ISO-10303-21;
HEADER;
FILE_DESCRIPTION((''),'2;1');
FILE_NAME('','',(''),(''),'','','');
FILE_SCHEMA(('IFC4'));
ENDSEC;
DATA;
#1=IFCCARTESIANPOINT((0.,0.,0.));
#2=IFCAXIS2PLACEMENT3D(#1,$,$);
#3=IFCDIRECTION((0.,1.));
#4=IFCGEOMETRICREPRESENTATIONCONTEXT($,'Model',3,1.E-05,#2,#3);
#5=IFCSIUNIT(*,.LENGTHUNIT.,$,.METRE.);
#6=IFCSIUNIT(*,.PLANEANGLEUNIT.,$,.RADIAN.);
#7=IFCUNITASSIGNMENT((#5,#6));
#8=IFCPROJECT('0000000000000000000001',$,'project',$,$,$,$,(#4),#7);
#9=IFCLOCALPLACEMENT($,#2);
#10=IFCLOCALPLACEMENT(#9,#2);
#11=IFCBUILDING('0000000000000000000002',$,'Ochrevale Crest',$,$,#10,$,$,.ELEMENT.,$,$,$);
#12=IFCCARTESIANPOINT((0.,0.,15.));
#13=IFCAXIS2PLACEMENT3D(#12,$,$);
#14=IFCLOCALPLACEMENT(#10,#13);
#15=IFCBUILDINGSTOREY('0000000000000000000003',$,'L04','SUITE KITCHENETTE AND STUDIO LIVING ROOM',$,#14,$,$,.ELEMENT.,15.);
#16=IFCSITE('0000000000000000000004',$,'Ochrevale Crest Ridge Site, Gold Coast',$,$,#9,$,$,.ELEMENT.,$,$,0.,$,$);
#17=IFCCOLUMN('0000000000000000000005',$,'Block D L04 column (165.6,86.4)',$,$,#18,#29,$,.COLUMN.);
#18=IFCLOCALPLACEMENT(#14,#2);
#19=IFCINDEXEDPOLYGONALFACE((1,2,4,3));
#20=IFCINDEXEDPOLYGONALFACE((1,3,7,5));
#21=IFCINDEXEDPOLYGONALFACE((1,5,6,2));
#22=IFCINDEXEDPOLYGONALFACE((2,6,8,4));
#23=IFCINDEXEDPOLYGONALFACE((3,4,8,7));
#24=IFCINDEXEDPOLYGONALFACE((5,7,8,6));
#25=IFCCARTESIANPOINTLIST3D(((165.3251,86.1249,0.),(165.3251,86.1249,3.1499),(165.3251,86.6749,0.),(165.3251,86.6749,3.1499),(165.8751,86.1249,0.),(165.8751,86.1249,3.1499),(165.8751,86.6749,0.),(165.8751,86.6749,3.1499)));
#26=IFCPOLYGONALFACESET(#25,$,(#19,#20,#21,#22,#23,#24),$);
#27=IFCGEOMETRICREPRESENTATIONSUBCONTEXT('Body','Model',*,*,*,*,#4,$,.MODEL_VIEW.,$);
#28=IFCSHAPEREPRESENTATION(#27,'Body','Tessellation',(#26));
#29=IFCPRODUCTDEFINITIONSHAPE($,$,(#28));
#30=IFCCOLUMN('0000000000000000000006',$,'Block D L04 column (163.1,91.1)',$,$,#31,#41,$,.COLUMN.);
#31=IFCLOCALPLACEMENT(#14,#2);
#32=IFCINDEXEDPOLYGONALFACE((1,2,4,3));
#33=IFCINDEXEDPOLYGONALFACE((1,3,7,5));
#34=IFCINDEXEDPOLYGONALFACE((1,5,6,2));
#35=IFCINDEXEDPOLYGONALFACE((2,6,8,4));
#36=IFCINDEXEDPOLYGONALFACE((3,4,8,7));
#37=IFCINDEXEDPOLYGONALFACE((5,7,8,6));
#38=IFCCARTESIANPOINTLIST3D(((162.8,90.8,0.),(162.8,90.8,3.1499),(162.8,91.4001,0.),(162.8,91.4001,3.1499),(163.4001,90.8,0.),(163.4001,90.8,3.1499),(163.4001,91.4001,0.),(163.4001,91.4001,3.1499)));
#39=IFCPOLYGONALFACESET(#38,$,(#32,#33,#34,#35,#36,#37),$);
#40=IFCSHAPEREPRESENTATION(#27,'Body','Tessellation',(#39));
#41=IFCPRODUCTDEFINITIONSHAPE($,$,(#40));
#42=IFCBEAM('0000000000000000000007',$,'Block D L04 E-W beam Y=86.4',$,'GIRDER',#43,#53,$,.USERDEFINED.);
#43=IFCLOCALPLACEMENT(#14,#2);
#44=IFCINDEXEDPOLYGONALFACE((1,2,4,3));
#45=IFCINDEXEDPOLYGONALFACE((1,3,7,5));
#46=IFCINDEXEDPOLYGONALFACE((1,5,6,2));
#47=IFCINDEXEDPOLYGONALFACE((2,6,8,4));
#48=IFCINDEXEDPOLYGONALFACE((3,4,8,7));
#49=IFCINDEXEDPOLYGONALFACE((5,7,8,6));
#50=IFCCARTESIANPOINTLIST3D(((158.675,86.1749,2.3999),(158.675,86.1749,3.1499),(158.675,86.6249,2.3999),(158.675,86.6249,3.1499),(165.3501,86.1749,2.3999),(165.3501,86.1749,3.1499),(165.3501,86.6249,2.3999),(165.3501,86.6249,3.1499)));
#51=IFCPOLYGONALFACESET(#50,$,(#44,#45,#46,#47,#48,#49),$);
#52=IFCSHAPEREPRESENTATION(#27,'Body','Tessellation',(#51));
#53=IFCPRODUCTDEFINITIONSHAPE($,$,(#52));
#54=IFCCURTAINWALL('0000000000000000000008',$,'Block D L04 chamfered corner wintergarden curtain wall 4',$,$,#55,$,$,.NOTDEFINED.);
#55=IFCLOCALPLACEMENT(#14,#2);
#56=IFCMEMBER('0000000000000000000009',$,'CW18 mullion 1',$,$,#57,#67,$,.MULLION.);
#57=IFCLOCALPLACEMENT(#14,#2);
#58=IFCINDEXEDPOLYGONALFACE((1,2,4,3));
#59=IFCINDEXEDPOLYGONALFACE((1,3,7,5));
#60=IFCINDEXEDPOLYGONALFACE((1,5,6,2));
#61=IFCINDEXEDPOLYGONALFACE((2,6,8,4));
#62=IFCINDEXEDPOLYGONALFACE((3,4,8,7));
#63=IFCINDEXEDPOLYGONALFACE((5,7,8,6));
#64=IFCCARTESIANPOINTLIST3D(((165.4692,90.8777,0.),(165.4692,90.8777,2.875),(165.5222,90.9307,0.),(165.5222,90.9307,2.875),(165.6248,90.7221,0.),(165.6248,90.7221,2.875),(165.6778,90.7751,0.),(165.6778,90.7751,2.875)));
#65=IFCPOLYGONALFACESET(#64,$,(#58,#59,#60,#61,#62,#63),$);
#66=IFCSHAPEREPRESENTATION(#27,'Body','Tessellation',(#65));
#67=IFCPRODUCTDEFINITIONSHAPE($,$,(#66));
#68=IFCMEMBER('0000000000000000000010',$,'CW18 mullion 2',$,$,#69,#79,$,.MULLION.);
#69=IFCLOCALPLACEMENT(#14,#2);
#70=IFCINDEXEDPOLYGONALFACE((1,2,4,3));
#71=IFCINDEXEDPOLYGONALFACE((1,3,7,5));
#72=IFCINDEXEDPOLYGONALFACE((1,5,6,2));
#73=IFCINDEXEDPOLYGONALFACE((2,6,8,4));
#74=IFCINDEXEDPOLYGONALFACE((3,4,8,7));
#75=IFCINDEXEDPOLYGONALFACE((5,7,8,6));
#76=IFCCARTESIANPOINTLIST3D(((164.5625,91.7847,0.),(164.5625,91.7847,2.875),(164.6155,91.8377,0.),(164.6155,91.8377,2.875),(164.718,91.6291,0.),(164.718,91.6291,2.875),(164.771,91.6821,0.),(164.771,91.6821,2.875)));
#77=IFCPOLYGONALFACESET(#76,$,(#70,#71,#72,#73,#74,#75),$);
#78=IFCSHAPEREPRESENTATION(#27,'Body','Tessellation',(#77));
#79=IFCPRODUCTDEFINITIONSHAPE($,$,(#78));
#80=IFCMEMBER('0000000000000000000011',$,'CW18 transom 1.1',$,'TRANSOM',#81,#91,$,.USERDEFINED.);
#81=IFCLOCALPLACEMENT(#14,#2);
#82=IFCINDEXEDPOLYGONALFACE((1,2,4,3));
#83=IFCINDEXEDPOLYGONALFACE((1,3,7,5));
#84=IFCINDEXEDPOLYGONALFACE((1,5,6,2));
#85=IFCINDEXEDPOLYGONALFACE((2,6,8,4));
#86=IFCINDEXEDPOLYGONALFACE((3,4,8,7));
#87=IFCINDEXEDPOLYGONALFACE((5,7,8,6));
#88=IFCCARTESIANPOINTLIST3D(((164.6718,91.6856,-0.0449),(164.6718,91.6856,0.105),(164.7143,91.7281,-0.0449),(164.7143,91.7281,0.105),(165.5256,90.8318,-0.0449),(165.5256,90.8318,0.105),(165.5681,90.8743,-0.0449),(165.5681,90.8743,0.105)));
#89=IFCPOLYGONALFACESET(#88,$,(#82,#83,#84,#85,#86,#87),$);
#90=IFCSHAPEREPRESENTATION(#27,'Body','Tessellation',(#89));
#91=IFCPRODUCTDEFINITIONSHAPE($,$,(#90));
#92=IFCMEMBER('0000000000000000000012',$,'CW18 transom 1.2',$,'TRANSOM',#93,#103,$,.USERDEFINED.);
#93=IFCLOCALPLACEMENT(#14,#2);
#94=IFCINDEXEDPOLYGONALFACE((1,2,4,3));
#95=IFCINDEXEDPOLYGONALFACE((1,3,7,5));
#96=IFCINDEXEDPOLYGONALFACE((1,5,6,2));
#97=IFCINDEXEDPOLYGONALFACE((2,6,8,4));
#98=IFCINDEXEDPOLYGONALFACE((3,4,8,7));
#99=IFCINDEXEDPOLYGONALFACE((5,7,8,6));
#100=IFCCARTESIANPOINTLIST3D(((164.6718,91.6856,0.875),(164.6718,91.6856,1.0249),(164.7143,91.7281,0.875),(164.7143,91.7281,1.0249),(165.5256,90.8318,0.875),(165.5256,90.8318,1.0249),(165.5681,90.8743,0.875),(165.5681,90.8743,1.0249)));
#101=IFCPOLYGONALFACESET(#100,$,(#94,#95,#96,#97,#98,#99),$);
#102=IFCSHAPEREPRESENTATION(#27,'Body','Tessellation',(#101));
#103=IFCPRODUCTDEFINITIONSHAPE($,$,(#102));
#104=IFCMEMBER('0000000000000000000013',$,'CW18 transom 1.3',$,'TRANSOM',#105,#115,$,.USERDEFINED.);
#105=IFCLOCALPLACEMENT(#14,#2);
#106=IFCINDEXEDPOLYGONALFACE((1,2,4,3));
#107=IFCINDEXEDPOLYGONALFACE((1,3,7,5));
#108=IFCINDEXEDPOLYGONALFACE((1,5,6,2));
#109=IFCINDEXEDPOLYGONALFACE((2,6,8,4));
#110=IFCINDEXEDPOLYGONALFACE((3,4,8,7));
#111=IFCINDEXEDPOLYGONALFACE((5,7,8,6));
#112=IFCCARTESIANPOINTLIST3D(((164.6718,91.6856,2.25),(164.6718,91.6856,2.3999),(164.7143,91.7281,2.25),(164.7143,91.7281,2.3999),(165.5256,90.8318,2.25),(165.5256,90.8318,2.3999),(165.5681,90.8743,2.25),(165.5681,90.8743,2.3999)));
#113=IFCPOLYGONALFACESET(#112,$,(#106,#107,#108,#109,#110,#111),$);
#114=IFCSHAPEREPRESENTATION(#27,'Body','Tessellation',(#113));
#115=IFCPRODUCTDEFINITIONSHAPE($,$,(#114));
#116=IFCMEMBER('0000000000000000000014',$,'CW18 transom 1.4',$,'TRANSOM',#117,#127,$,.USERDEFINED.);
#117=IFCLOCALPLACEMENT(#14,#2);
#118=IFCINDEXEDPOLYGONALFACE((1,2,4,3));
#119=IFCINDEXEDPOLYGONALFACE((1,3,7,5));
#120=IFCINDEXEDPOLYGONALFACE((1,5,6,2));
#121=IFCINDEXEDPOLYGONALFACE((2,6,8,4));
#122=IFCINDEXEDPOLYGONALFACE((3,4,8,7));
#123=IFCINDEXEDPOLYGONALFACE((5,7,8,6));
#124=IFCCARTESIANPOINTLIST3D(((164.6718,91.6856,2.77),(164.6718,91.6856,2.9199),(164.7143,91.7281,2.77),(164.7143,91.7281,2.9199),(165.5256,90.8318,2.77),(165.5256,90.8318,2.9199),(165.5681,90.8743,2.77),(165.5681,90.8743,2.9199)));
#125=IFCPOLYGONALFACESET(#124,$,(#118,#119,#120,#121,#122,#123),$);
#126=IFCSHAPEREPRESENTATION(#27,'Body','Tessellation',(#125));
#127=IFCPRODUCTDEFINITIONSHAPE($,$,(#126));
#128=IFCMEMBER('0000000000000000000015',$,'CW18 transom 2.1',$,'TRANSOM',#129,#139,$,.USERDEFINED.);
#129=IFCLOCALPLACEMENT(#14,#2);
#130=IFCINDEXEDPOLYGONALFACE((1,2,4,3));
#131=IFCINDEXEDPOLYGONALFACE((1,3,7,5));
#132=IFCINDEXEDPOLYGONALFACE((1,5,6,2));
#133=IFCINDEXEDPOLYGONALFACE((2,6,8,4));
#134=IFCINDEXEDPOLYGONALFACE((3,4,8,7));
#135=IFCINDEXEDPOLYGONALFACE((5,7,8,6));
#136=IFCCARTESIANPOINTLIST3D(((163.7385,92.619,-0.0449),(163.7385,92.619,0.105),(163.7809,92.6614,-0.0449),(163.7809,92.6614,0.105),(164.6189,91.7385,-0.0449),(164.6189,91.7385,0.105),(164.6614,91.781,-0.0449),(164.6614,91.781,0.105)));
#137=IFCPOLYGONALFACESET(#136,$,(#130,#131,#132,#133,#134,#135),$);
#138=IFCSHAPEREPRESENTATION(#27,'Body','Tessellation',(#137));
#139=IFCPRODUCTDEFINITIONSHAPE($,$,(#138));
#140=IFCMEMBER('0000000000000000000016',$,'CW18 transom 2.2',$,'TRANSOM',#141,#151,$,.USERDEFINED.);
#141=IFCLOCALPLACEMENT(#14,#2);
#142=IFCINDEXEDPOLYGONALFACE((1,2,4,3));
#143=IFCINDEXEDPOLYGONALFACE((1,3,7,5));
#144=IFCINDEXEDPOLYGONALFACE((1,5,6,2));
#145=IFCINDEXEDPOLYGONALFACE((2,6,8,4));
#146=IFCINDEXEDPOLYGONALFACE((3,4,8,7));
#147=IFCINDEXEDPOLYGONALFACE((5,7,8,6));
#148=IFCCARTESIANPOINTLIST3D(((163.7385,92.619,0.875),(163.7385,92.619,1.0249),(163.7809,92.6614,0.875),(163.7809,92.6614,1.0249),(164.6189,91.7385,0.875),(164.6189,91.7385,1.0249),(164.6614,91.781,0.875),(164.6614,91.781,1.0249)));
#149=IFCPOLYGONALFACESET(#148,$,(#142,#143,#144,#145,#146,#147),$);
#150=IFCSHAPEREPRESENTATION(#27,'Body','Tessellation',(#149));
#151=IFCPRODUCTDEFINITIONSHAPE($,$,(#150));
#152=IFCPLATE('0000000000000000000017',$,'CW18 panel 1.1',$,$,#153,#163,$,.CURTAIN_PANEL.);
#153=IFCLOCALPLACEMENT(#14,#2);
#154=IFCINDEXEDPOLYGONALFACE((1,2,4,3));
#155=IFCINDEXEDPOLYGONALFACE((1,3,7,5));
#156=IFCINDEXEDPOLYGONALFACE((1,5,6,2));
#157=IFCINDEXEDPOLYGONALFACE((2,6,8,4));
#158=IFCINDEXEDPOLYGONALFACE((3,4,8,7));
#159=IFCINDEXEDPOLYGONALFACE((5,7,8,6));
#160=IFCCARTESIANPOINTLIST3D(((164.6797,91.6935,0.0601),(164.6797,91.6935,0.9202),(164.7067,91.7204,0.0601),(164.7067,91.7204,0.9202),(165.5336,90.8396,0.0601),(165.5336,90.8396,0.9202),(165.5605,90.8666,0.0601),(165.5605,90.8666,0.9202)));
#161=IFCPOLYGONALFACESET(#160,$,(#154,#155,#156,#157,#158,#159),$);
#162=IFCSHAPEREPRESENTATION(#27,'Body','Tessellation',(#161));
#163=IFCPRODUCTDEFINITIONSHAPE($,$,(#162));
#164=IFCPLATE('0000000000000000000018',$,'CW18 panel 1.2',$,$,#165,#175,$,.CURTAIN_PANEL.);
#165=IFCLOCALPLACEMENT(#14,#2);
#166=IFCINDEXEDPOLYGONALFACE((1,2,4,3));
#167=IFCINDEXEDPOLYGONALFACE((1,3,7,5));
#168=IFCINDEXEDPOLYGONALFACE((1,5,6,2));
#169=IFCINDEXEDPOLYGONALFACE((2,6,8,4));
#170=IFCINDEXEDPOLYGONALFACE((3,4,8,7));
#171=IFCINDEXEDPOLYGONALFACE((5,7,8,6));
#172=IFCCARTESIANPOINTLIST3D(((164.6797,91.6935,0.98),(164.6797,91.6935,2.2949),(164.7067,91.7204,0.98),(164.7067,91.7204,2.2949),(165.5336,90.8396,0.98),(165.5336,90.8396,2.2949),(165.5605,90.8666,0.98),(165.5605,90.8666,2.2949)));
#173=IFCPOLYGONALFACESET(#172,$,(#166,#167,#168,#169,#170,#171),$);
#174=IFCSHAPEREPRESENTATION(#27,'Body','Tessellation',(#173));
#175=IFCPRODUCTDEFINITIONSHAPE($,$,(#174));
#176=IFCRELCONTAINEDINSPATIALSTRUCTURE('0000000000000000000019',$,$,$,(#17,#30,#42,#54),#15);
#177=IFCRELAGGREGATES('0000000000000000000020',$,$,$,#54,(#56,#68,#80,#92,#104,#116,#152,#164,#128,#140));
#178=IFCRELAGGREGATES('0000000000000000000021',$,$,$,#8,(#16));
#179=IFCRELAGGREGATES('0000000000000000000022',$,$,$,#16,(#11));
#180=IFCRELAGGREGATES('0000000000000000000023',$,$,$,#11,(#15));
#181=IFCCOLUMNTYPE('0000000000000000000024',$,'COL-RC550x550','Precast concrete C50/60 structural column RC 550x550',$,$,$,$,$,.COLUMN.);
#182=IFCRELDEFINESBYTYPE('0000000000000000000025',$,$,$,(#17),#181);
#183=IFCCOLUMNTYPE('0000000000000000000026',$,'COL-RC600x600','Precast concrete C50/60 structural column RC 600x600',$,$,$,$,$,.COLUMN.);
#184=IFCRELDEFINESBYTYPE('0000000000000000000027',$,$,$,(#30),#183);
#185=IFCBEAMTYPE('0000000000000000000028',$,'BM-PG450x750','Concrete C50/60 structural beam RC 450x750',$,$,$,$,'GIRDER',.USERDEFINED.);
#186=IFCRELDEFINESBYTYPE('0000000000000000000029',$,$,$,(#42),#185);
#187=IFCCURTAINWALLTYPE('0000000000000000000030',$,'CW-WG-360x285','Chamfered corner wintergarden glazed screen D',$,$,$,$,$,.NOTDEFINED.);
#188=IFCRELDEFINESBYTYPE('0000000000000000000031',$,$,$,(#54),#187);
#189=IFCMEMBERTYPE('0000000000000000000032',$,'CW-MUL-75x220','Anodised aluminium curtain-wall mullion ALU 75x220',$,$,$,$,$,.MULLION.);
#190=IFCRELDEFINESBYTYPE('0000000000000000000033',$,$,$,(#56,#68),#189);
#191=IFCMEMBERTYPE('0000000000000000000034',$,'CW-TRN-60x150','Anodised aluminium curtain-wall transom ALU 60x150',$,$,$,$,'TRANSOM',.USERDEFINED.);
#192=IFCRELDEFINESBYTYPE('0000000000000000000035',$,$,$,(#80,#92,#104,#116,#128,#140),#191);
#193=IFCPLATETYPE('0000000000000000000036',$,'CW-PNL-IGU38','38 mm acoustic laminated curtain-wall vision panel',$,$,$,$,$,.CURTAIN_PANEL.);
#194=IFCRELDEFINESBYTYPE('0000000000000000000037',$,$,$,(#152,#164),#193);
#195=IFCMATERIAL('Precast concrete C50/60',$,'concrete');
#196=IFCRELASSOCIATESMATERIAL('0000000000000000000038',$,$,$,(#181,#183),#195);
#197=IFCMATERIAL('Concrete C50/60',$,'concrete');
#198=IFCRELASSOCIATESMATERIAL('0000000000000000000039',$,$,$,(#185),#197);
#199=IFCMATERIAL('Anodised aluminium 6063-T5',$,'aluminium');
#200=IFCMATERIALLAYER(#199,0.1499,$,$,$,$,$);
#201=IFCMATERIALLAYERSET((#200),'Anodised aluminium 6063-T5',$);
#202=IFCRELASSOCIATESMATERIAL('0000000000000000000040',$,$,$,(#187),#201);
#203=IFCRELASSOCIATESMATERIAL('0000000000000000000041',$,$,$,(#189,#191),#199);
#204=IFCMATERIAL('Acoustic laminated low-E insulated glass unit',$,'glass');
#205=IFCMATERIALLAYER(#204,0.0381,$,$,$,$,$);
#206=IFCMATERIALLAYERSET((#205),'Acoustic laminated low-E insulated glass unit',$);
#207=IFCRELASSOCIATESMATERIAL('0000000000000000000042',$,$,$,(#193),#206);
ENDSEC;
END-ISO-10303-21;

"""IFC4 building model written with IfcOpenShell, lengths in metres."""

from ifc_helpers import new_model, si_unit, direction, frame, origin, origin_2d, place, context, subcontext, project, spatial, rectangle, extrude, material, layer, layer_set, material_profile, profile_set, type_object, element, aggregate, save


model = new_model("IFC4")

# Units and contexts
model_context = context("Model", 3, precision=1e-05, world=origin(), true_north=direction((0.0, 1.0)))
body_context = subcontext(model_context, "Body", "Model", "MODEL_VIEW")
ifc_project = project(units=[si_unit("LENGTHUNIT", "METRE"), si_unit("PLANEANGLEUNIT", "RADIAN")], contexts=[model_context])

# Site, building, storey
site_placement = place(None, origin())
site = spatial("IfcSite", under=ifc_project, at=site_placement, Name="Ochrevale Crest Ridge Site, Gold Coast", CompositionType="ELEMENT", RefElevation=0.0)
building_placement = place(site_placement, origin())
building = spatial("IfcBuilding", under=site, at=building_placement, Name="Ochrevale Crest", CompositionType="ELEMENT")
storey_placement = place(building_placement, frame((0.0, 0.0, 15.0)))
storey = spatial("IfcBuildingStorey", under=building, at=storey_placement, Name="L04", Description="SUITE KITCHENETTE AND STUDIO LIVING ROOM", CompositionType="ELEMENT", Elevation=15.0)

# Columns
ifc_material_1 = material(Name="Precast concrete C50/60", Category="concrete")
ifc_material_profile_1 = material_profile(ifc_material_1, rectangle(XDim=0.55, YDim=0.55, at=origin_2d()), Name="RC 550x550")
ifc_profile_set_1 = profile_set([ifc_material_profile_1], Name="Precast concrete C50/60")
column_type_1 = type_object("IfcColumnType", Name="COL-RC550x550", Description="Precast concrete C50/60 structural column RC 550x550", PredefinedType="COLUMN", material=ifc_profile_set_1)
column_1_placement = place(storey_placement, frame((165.6001, 86.3999, 0.0), z_axis=(0.0, 0.0, 1.0), x_axis=(1.0, 0.0, 0.0)))
element("IfcColumn", 1, at=column_1_placement, inside=storey, type_object=column_type_1, Name="Block D L04 column (165.6,86.4)", PredefinedType="COLUMN", context=body_context, shape_type="SweptSolid", body=[
    extrude(rectangle(XDim=0.55, YDim=0.55, at=origin_2d()), origin(), (0.0, 0.0, 1.0), 3.1499),
])
ifc_material_profile_2 = material_profile(ifc_material_1, rectangle(XDim=0.6001, YDim=0.6001, at=origin_2d()), Name="RC 600x600")
ifc_profile_set_2 = profile_set([ifc_material_profile_2], Name="Precast concrete C50/60")
column_type_2 = type_object("IfcColumnType", Name="COL-RC600x600", Description="Precast concrete C50/60 structural column RC 600x600", PredefinedType="COLUMN", material=ifc_profile_set_2)
column_2_placement = place(storey_placement, frame((163.1001, 91.1001, 0.0), z_axis=(0.0, 0.0, 1.0), x_axis=(1.0, 0.0, 0.0)))
element("IfcColumn", 2, at=column_2_placement, inside=storey, type_object=column_type_2, Name="Block D L04 column (163.1,91.1)", PredefinedType="COLUMN", context=body_context, shape_type="SweptSolid", body=[
    extrude(rectangle(XDim=0.6001, YDim=0.6001, at=origin_2d()), origin(), (0.0, 0.0, 1.0), 3.1499),
])

# Beam
ifc_material_2 = material(Name="Concrete C50/60", Category="concrete")
ifc_material_profile_3 = material_profile(ifc_material_2, rectangle(XDim=0.45, YDim=0.75, at=origin_2d()), Name="RC 450x750")
ifc_profile_set_3 = profile_set([ifc_material_profile_3], Name="Concrete C50/60")
beam_type = type_object("IfcBeamType", Name="BM-PG450x750", Description="Concrete C50/60 structural beam RC 450x750", ElementType="GIRDER", PredefinedType="USERDEFINED", material=ifc_profile_set_3)
beam_placement = place(storey_placement, frame((158.675, 86.3999, 2.7749), z_axis=(1.0, 0.0, 0.0), x_axis=(0.0, 1.0, 0.0)))
element("IfcBeam", 3, at=beam_placement, inside=storey, type_object=beam_type, Name="Block D L04 E-W beam Y=86.4", ObjectType="GIRDER", PredefinedType="USERDEFINED", context=body_context, shape_type="SweptSolid", body=[
    extrude(rectangle(XDim=0.45, YDim=0.75, at=origin_2d()), origin(), (0.0, 0.0, 1.0), 6.675),
])

# Curtain wall, members, plates
ifc_material_3 = material(Name="Anodised aluminium 6063-T5", Category="aluminium")
ifc_layer_1 = layer(ifc_material_3, 0.1499)
ifc_layer_set_1 = layer_set([ifc_layer_1], Name="Anodised aluminium 6063-T5")
curtain_wall_type = type_object("IfcCurtainWallType", Name="CW-WG-360x285", Description="Chamfered corner wintergarden glazed screen D", PredefinedType="NOTDEFINED", material=ifc_layer_set_1)
curtain_wall_placement = place(storey_placement, origin())
curtain_wall = element("IfcCurtainWall", 4, at=curtain_wall_placement, inside=storey, type_object=curtain_wall_type, Name="Block D L04 chamfered corner wintergarden curtain wall 4", PredefinedType="NOTDEFINED")
ifc_material_profile_4 = material_profile(ifc_material_3, rectangle(XDim=0.075, YDim=0.22, at=origin_2d()), Name="ALU 75x220")
ifc_profile_set_4 = profile_set([ifc_material_profile_4], Name="Anodised aluminium 6063-T5")
member_type_1 = type_object("IfcMemberType", Name="CW-MUL-75x220", Description="Anodised aluminium curtain-wall mullion ALU 75x220", PredefinedType="MULLION", material=ifc_profile_set_4)
member_1_placement = place(storey_placement, frame((165.5735, 90.8264, 0.0), z_axis=(0.0, 0.0, 1.0), x_axis=(-0.707107, -0.707107, 0.0)))
member_1 = element("IfcMember", 5, at=member_1_placement, type_object=member_type_1, Name="CW18 mullion 1", PredefinedType="MULLION", context=body_context, shape_type="SweptSolid", body=[
    extrude(rectangle(XDim=0.075, YDim=0.22, at=origin_2d()), origin(), (0.0, 0.0, 1.0), 2.875),
])
member_2_placement = place(storey_placement, frame((164.6667, 91.7334, 0.0), z_axis=(0.0, 0.0, 1.0), x_axis=(-0.707107, -0.707107, 0.0)))
member_2 = element("IfcMember", 6, at=member_2_placement, type_object=member_type_1, Name="CW18 mullion 2", PredefinedType="MULLION", context=body_context, shape_type="SweptSolid", body=[
    extrude(rectangle(XDim=0.075, YDim=0.22, at=origin_2d()), origin(), (0.0, 0.0, 1.0), 2.875),
])
ifc_material_profile_5 = material_profile(ifc_material_3, rectangle(XDim=0.0601, YDim=0.1499, at=origin_2d()), Name="ALU 60x150")
ifc_profile_set_5 = profile_set([ifc_material_profile_5], Name="Anodised aluminium 6063-T5")
member_type_2 = type_object("IfcMemberType", Name="CW-TRN-60x150", Description="Anodised aluminium curtain-wall transom ALU 60x150", ElementType="TRANSOM", PredefinedType="USERDEFINED", material=ifc_profile_set_5)
member_3_placement = place(storey_placement, frame((165.5469, 90.853, 0.03), z_axis=(-0.707107, 0.707107, 0.0), x_axis=(-0.707107, -0.707107, 0.0)))
member_3 = element("IfcMember", 7, at=member_3_placement, type_object=member_type_2, Name="CW18 transom 1.1", ObjectType="TRANSOM", PredefinedType="USERDEFINED", context=body_context, shape_type="SweptSolid", body=[
    extrude(rectangle(XDim=0.0601, YDim=0.1499, at=origin_2d()), origin(), (0.0, 0.0, 1.0), 1.2075),
])
member_4_placement = place(storey_placement, frame((165.5469, 90.853, 0.95), z_axis=(-0.707107, 0.707107, 0.0), x_axis=(-0.707107, -0.707107, 0.0)))
member_4 = element("IfcMember", 8, at=member_4_placement, type_object=member_type_2, Name="CW18 transom 1.2", ObjectType="TRANSOM", PredefinedType="USERDEFINED", context=body_context, shape_type="SweptSolid", body=[
    extrude(rectangle(XDim=0.0601, YDim=0.1499, at=origin_2d()), origin(), (0.0, 0.0, 1.0), 1.2075),
])
member_5_placement = place(storey_placement, frame((165.5469, 90.853, 2.325), z_axis=(-0.707107, 0.707107, 0.0), x_axis=(-0.707107, -0.707107, 0.0)))
member_5 = element("IfcMember", 9, at=member_5_placement, type_object=member_type_2, Name="CW18 transom 1.3", ObjectType="TRANSOM", PredefinedType="USERDEFINED", context=body_context, shape_type="SweptSolid", body=[
    extrude(rectangle(XDim=0.0601, YDim=0.1499, at=origin_2d()), origin(), (0.0, 0.0, 1.0), 1.2075),
])
member_6_placement = place(storey_placement, frame((165.5469, 90.853, 2.845), z_axis=(-0.707107, 0.707107, 0.0), x_axis=(-0.707107, -0.707107, 0.0)))
member_6 = element("IfcMember", 10, at=member_6_placement, type_object=member_type_2, Name="CW18 transom 1.4", ObjectType="TRANSOM", PredefinedType="USERDEFINED", context=body_context, shape_type="SweptSolid", body=[
    extrude(rectangle(XDim=0.0601, YDim=0.1499, at=origin_2d()), origin(), (0.0, 0.0, 1.0), 1.2075),
])
member_7_placement = place(storey_placement, frame((164.6401, 91.7598, 0.03), z_axis=(-0.707107, 0.707107, 0.0), x_axis=(-0.707107, -0.707107, 0.0)))
member_7 = element("IfcMember", 11, at=member_7_placement, type_object=member_type_2, Name="CW18 transom 2.1", ObjectType="TRANSOM", PredefinedType="USERDEFINED", context=body_context, shape_type="SweptSolid", body=[
    extrude(rectangle(XDim=0.0601, YDim=0.1499, at=origin_2d()), origin(), (0.0, 0.0, 1.0), 1.2451),
])
member_8_placement = place(storey_placement, frame((164.6401, 91.7598, 0.95), z_axis=(-0.707107, 0.707107, 0.0), x_axis=(-0.707107, -0.707107, 0.0)))
member_8 = element("IfcMember", 12, at=member_8_placement, type_object=member_type_2, Name="CW18 transom 2.2", ObjectType="TRANSOM", PredefinedType="USERDEFINED", context=body_context, shape_type="SweptSolid", body=[
    extrude(rectangle(XDim=0.0601, YDim=0.1499, at=origin_2d()), origin(), (0.0, 0.0, 1.0), 1.2451),
])
ifc_material_4 = material(Name="Acoustic laminated low-E insulated glass unit", Category="glass")
ifc_layer_2 = layer(ifc_material_4, 0.0381)
ifc_layer_set_2 = layer_set([ifc_layer_2], Name="Acoustic laminated low-E insulated glass unit")
plate_type = type_object("IfcPlateType", Name="CW-PNL-IGU38", Description="38 mm acoustic laminated curtain-wall vision panel", PredefinedType="CURTAIN_PANEL", material=ifc_layer_set_2)
plate_1_placement = place(storey_placement, frame((165.1201, 91.28, 0.0601), z_axis=(0.0, 0.0, 1.0), x_axis=(-0.707107, 0.707107, 0.0)))
plate_1 = element("IfcPlate", 13, at=plate_1_placement, type_object=plate_type, Name="CW18 panel 1.1", PredefinedType="CURTAIN_PANEL", context=body_context, shape_type="SweptSolid", body=[
    extrude(rectangle(XDim=1.2075, YDim=0.0381, at=origin_2d()), origin(), (0.0, 0.0, 1.0), 0.8601),
])
plate_2_placement = place(storey_placement, frame((165.1201, 91.28, 0.98), z_axis=(0.0, 0.0, 1.0), x_axis=(-0.707107, 0.707107, 0.0)))
plate_2 = element("IfcPlate", 14, at=plate_2_placement, type_object=plate_type, Name="CW18 panel 1.2", PredefinedType="CURTAIN_PANEL", context=body_context, shape_type="SweptSolid", body=[
    extrude(rectangle(XDim=1.2075, YDim=0.0381, at=origin_2d()), origin(), (0.0, 0.0, 1.0), 1.3149),
])
aggregate(curtain_wall, [member_1, member_2, member_3, member_4, member_5, member_6, plate_1, plate_2, member_7, member_8])

save(model, "model.ifc")
